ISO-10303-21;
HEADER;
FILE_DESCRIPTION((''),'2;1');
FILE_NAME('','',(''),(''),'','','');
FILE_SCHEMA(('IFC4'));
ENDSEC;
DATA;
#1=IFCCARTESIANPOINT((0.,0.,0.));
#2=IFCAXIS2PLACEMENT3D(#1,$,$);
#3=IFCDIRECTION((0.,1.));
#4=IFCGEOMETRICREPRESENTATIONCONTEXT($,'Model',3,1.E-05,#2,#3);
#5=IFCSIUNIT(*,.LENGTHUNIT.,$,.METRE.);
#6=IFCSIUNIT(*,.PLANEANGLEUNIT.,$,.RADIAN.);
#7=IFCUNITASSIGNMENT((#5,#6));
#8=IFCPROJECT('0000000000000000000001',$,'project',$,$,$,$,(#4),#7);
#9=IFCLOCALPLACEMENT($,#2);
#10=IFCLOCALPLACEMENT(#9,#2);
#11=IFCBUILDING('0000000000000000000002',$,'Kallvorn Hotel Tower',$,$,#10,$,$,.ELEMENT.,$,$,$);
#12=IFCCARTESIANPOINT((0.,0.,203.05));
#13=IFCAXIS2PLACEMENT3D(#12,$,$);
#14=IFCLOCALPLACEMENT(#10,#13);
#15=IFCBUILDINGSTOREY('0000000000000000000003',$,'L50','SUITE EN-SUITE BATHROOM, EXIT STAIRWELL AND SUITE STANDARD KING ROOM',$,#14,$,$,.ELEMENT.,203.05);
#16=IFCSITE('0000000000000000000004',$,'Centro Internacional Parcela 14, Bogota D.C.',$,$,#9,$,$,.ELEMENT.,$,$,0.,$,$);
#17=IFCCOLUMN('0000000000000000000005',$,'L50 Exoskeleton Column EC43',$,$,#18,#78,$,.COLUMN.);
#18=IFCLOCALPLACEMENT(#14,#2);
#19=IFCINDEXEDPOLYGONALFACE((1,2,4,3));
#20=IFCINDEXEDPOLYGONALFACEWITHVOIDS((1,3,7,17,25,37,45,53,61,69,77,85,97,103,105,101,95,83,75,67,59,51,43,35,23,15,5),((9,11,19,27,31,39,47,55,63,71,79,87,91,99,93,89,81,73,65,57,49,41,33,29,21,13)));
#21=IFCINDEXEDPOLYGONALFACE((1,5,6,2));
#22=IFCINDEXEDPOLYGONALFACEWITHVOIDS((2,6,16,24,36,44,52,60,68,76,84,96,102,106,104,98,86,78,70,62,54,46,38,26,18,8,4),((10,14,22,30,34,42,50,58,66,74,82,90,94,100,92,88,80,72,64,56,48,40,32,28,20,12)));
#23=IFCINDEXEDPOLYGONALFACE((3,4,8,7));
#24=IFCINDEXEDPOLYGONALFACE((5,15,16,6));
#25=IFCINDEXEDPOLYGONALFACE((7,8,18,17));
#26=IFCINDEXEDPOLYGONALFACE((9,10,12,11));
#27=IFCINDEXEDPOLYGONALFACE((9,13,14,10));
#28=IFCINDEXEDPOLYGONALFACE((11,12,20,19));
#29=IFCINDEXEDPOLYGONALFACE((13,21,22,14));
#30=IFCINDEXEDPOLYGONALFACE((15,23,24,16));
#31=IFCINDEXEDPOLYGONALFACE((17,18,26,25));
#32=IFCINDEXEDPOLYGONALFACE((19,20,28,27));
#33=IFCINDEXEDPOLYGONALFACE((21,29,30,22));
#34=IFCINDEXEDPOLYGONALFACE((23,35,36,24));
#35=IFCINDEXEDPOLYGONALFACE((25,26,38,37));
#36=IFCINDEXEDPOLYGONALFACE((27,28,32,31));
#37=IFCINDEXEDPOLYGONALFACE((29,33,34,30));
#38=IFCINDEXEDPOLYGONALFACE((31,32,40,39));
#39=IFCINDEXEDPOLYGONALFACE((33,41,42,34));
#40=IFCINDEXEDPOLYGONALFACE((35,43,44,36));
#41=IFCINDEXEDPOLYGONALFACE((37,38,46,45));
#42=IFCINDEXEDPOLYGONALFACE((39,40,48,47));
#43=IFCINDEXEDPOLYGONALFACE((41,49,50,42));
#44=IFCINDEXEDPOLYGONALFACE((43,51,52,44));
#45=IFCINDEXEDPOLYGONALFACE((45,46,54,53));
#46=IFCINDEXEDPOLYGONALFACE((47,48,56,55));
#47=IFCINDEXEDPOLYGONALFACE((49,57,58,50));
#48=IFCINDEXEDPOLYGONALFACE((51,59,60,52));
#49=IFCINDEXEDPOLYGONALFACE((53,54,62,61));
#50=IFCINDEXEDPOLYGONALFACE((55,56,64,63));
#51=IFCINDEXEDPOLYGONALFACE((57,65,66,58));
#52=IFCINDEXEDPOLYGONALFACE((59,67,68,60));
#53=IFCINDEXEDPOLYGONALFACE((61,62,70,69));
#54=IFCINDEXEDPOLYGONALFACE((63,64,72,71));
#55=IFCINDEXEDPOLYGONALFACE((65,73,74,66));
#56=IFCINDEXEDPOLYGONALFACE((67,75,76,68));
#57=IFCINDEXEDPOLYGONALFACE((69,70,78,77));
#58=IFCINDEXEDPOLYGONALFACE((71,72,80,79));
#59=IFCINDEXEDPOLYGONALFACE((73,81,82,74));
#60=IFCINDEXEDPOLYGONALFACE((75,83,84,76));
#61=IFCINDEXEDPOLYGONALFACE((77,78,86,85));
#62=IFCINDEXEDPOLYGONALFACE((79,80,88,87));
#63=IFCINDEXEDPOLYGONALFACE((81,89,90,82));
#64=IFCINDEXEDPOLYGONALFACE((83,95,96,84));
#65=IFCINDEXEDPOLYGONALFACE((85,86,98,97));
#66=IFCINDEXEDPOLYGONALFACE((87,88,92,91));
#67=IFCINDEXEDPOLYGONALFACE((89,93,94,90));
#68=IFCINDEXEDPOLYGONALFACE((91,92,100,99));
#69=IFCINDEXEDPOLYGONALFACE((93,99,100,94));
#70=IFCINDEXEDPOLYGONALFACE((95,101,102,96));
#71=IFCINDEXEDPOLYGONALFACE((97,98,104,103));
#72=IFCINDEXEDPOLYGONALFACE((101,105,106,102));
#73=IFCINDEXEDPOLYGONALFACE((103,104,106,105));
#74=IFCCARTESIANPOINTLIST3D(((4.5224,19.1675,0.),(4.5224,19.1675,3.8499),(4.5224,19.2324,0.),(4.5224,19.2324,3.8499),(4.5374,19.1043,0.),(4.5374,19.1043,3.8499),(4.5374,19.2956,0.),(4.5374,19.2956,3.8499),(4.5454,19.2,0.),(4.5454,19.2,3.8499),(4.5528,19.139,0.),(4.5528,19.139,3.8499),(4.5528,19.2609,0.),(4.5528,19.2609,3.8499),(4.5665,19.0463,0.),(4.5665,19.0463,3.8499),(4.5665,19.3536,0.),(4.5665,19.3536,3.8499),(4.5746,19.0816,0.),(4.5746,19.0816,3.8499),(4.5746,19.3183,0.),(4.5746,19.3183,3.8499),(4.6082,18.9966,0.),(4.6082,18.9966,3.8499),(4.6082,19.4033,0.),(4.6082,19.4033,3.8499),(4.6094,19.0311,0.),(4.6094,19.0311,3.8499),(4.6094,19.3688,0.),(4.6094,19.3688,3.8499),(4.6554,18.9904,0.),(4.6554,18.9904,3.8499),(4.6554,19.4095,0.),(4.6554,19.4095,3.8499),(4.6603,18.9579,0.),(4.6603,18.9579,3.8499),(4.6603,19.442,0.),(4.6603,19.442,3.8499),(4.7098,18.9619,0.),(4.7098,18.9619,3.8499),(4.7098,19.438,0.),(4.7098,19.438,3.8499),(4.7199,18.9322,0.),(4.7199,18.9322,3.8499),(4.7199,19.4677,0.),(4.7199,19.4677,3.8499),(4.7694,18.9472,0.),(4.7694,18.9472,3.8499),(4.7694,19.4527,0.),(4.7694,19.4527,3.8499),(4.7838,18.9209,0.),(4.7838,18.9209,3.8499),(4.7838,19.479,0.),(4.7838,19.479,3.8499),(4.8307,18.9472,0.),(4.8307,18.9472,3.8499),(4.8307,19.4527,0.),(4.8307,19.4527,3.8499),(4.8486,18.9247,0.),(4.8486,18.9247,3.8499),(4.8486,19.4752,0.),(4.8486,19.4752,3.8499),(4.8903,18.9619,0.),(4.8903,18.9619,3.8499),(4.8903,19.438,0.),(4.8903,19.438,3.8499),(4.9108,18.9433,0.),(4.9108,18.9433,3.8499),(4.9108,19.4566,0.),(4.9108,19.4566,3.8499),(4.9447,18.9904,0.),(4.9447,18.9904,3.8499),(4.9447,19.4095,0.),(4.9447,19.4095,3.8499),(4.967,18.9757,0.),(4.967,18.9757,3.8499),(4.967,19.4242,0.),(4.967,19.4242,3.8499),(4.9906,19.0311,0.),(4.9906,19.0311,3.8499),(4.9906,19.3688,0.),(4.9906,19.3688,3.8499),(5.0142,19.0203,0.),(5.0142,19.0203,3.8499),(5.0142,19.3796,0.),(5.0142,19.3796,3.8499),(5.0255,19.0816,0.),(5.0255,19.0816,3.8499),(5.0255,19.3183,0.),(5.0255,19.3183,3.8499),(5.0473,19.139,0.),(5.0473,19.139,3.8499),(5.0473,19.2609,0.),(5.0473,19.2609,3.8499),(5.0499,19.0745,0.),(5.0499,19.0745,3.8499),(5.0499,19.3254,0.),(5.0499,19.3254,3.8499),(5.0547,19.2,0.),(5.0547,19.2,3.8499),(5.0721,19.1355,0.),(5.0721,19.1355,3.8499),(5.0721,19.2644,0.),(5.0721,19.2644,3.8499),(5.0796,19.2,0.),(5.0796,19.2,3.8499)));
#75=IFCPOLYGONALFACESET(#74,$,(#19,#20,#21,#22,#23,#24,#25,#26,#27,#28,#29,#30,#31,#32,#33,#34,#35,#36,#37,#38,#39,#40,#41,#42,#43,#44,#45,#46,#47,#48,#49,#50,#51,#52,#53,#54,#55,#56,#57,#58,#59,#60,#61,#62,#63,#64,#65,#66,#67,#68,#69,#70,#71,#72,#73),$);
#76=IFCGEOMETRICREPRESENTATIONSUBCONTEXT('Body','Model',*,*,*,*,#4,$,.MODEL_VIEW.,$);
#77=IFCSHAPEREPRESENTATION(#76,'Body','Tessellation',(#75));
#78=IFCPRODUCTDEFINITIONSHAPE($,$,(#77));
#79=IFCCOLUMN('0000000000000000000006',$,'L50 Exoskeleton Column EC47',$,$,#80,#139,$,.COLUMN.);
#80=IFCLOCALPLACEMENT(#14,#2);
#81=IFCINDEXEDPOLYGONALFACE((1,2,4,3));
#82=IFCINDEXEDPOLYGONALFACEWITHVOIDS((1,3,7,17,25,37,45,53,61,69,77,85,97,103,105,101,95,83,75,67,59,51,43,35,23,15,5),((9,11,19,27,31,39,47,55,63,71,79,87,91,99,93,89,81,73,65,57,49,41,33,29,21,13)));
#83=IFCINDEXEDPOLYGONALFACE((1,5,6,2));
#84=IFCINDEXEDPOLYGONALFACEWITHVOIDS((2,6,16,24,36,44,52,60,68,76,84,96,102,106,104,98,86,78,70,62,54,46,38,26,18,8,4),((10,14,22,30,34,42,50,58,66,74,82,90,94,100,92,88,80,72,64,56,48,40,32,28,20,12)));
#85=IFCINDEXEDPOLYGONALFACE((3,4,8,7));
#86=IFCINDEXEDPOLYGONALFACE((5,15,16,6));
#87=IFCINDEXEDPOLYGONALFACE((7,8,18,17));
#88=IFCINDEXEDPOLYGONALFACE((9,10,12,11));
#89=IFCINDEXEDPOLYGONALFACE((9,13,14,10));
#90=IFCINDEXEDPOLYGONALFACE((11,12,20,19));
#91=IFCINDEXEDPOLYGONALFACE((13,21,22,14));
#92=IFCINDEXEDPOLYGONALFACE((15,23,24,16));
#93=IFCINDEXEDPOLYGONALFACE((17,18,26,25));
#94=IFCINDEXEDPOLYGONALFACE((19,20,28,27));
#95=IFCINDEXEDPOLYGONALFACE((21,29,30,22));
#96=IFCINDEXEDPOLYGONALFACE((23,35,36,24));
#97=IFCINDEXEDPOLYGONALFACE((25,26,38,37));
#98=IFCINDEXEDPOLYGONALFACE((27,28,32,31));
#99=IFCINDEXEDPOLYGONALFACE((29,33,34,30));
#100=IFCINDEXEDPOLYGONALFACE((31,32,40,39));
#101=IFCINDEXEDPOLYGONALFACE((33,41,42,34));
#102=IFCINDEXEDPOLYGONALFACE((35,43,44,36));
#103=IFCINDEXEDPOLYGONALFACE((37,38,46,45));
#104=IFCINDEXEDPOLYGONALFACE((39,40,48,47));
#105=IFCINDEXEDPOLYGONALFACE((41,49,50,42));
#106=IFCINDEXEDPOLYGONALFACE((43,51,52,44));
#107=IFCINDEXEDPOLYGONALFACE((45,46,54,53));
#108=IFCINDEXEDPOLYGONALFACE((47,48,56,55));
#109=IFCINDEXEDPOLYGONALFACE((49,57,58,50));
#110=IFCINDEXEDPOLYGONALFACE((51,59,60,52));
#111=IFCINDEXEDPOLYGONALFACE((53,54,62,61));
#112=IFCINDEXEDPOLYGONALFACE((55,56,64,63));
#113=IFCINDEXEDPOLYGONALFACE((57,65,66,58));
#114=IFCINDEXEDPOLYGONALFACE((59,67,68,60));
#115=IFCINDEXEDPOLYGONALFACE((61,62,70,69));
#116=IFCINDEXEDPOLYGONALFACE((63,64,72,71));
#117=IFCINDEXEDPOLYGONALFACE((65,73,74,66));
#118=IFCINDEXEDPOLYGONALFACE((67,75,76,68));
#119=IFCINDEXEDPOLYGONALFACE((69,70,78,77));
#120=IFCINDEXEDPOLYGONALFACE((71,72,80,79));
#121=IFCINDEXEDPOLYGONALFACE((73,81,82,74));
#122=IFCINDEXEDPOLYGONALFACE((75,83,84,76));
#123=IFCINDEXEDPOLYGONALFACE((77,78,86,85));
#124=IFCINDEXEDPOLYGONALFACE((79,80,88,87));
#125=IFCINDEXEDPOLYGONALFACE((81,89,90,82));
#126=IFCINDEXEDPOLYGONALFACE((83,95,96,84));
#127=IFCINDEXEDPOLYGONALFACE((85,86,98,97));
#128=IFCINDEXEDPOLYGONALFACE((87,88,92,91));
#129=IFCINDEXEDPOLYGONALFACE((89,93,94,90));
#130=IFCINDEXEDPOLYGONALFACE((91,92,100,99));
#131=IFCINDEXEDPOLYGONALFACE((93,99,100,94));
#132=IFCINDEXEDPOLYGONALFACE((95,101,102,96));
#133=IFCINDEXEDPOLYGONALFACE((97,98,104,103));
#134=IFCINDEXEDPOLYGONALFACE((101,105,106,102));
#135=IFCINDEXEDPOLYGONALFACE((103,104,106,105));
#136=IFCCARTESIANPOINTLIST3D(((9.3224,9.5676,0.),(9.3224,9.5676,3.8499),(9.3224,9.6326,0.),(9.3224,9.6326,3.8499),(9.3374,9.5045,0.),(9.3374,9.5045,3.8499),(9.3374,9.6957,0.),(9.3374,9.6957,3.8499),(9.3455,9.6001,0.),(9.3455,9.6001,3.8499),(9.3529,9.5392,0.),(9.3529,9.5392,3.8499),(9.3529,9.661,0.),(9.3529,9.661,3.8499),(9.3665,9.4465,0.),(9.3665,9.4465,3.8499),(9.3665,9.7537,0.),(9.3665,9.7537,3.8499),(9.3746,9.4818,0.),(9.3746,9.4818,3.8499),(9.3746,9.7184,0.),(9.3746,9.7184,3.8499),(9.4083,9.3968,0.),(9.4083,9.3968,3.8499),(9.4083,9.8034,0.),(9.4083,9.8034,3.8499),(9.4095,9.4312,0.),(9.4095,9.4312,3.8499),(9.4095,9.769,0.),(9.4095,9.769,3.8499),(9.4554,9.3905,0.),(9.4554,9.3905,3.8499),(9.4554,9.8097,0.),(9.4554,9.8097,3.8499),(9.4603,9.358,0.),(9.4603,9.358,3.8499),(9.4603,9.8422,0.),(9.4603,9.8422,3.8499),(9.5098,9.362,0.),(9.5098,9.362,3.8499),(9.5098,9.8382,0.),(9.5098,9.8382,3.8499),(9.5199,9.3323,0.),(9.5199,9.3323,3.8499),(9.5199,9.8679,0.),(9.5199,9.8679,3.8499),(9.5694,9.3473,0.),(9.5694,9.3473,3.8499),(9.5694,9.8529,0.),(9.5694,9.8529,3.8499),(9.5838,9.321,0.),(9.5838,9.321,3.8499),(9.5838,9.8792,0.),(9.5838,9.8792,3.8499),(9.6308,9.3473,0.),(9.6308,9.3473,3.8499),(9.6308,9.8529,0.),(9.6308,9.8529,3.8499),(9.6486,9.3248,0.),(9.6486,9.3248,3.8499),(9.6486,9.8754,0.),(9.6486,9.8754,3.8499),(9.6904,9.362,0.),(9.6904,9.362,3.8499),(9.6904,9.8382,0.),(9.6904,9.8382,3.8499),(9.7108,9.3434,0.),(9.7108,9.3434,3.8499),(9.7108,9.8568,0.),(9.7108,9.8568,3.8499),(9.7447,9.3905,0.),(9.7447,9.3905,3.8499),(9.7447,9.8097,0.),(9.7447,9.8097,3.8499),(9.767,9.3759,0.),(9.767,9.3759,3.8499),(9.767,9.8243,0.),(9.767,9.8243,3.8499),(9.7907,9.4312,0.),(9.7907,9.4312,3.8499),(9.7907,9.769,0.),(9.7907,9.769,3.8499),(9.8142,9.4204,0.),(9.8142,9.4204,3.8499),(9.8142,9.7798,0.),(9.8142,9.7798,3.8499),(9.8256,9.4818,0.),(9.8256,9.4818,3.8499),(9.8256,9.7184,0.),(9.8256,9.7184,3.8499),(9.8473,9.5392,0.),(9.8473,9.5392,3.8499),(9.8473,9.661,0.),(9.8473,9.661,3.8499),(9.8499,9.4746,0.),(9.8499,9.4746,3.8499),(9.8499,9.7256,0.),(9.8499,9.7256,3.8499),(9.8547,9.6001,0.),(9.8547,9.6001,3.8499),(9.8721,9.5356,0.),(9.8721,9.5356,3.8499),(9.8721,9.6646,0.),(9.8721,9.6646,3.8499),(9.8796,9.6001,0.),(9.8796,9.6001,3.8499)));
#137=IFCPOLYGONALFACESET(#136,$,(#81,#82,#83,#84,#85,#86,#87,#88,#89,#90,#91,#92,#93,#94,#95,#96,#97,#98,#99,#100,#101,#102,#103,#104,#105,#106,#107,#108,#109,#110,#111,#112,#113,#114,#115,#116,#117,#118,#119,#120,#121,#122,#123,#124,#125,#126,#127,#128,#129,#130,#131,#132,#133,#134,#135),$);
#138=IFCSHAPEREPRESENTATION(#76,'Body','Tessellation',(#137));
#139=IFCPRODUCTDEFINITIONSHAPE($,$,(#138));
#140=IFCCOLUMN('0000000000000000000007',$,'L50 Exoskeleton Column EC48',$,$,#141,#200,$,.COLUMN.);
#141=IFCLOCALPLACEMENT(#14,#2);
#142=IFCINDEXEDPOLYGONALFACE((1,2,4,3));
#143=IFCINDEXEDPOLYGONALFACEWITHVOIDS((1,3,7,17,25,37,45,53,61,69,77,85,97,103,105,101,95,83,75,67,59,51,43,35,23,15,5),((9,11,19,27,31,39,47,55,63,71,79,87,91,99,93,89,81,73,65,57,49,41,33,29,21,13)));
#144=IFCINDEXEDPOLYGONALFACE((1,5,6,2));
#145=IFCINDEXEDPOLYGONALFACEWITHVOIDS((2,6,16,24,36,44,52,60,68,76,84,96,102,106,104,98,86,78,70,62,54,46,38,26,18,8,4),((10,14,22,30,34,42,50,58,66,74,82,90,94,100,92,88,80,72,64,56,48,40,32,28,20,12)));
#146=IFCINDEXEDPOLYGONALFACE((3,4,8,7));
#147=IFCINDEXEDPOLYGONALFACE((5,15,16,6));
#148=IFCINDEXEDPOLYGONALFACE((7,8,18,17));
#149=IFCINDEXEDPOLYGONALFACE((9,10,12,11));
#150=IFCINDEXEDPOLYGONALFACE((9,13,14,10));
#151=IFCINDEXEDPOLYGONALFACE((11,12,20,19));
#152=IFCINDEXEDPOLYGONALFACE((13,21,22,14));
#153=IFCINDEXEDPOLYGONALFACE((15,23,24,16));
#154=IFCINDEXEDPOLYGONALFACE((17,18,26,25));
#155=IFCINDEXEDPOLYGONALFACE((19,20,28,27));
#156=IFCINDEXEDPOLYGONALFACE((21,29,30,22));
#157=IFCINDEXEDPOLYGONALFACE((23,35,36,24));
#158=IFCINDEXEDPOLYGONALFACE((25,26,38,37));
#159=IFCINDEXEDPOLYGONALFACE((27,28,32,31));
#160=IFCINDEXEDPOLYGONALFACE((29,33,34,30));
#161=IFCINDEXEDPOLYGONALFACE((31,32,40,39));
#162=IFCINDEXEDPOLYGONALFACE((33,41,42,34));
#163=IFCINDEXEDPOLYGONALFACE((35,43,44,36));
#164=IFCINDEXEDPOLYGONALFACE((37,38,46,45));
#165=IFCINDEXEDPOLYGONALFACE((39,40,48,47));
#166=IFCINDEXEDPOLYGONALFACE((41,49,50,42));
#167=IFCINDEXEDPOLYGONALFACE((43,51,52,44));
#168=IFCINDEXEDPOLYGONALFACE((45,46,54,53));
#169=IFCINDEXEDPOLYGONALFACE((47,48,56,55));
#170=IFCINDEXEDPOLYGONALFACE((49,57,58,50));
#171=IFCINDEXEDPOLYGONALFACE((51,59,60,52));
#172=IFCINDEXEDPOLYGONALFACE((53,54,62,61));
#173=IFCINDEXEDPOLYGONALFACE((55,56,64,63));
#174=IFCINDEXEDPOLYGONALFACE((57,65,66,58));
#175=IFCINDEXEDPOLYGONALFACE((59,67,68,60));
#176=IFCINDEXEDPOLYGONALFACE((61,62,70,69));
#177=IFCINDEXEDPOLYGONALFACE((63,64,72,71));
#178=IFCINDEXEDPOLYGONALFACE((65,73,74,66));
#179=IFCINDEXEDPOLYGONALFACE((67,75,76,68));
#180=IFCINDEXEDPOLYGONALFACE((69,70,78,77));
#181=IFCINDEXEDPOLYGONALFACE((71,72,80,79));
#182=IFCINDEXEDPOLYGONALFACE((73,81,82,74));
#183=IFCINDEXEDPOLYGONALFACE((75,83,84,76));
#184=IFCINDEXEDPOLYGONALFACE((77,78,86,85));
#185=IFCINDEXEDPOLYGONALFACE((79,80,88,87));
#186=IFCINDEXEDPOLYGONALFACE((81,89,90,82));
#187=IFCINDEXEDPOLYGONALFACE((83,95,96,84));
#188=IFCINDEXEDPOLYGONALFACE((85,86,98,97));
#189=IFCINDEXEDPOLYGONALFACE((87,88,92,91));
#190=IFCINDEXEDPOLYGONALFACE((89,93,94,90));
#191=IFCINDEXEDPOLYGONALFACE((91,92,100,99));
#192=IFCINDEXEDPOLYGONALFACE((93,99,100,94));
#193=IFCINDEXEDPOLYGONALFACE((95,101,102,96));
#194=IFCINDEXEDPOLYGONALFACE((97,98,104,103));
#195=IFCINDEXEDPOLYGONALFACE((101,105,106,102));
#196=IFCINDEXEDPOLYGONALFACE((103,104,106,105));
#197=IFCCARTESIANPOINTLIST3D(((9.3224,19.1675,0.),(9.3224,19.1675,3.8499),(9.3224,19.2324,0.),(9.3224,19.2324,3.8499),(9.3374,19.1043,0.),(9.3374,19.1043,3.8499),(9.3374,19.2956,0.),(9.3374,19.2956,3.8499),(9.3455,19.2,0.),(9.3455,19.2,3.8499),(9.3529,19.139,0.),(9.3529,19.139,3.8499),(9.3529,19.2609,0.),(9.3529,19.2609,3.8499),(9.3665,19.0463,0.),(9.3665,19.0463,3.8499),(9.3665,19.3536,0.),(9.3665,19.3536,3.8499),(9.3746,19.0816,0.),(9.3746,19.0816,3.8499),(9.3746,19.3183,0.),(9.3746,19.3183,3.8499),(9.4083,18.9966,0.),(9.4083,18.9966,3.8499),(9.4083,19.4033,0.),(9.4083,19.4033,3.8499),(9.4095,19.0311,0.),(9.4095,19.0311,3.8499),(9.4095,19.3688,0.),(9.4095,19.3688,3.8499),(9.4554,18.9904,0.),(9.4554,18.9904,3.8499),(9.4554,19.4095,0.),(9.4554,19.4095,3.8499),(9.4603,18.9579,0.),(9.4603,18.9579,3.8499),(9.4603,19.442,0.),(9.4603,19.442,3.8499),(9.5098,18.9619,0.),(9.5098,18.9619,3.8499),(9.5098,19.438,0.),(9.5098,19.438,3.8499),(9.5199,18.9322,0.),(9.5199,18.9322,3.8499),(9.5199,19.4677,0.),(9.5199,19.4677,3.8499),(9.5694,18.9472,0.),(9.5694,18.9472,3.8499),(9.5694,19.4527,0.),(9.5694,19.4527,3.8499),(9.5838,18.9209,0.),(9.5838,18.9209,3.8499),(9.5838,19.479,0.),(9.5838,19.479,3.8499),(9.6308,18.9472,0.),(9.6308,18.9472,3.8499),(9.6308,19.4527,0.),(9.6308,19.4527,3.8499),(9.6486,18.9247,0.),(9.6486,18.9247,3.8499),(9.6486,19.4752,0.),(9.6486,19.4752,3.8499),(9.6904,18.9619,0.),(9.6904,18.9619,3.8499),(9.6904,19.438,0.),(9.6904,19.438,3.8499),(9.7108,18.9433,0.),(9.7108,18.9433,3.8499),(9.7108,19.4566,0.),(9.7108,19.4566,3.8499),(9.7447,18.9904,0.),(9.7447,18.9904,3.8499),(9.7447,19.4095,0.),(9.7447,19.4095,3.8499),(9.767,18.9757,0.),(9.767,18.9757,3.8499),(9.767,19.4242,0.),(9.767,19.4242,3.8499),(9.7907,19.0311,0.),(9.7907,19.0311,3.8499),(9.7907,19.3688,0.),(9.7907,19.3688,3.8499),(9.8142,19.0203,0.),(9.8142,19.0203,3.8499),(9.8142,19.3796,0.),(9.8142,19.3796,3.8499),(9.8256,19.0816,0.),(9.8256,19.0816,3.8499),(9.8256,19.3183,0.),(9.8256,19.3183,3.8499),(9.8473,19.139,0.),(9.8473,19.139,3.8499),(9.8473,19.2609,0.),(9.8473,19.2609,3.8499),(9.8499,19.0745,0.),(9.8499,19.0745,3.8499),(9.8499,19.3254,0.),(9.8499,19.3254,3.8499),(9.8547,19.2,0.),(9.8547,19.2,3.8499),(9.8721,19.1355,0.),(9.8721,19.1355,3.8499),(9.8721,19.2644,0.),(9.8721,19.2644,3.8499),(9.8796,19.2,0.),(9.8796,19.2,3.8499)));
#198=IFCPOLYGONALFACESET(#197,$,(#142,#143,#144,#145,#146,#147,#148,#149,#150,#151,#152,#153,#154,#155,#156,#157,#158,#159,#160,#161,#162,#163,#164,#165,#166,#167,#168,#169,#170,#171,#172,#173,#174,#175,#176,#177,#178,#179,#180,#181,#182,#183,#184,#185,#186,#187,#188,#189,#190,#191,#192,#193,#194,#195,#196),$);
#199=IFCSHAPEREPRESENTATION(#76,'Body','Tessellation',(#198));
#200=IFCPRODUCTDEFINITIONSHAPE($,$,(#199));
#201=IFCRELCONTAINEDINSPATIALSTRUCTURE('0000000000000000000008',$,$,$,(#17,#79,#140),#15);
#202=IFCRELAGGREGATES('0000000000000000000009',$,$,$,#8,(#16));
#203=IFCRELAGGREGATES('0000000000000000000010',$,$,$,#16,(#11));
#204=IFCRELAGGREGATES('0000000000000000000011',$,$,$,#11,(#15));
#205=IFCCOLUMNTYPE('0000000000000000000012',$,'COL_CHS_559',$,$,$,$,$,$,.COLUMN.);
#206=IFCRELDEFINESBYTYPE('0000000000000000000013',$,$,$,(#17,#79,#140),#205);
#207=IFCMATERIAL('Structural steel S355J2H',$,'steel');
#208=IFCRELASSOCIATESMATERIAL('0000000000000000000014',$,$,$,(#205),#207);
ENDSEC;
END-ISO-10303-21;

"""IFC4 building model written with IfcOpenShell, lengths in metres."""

from ifc_helpers import new_model, si_unit, direction, frame, origin, origin_2d, place, context, subcontext, project, spatial, hollow_circle, extrude, material, material_profile, profile_set, type_object, element, save


model = new_model("IFC4")

# Units and contexts
model_context = context("Model", 3, precision=1e-05, world=origin(), true_north=direction((0.0, 1.0)))
body_context = subcontext(model_context, "Body", "Model", "MODEL_VIEW")
ifc_project = project(units=[si_unit("LENGTHUNIT", "METRE"), si_unit("PLANEANGLEUNIT", "RADIAN")], contexts=[model_context])

# Site, building, storey
site_placement = place(None, origin())
site = spatial("IfcSite", under=ifc_project, at=site_placement, Name="Centro Internacional Parcela 14, Bogota D.C.", CompositionType="ELEMENT", RefElevation=0.0)
building_placement = place(site_placement, origin())
building = spatial("IfcBuilding", under=site, at=building_placement, Name="Kallvorn Hotel Tower", CompositionType="ELEMENT")
storey_placement = place(building_placement, frame((0.0, 0.0, 203.05)))
storey = spatial("IfcBuildingStorey", under=building, at=storey_placement, Name="L50", Description="SUITE EN-SUITE BATHROOM, EXIT STAIRWELL AND SUITE STANDARD KING ROOM", CompositionType="ELEMENT", Elevation=203.05)

# Columns
ifc_material_1 = material(Name="Structural steel S355J2H", Category="steel")
ifc_material_profile_1 = material_profile(ifc_material_1, hollow_circle(Radius=0.2795, WallThickness=0.0249, at=origin_2d()), Name="CHS 559x25")
ifc_profile_set_1 = profile_set([ifc_material_profile_1], Name="Structural steel S355J2H")
column_type_1 = type_object("IfcColumnType", Name="COL_CHS_559", PredefinedType="COLUMN", material=ifc_profile_set_1)
for number, where, z_axis, x_axis, name in (
    (1, (4.8, 19.2, 0.0), (0.0, 0.0, 1.0), (1.0, 0.0, 0.0), "L50 Exoskeleton Column EC43"),
    (2, (9.6001, 9.6001, 0.0), (0.0, 0.0, 1.0), (1.0, 0.0, 0.0), "L50 Exoskeleton Column EC47"),
    (3, (9.6001, 19.2, 0.0), (0.0, 0.0, 1.0), (1.0, 0.0, 0.0), "L50 Exoskeleton Column EC48"),
):
    element("IfcColumn", number, at=place(storey_placement, frame(where, z_axis=z_axis, x_axis=x_axis)), inside=storey, type_object=column_type_1, Name=name, PredefinedType="COLUMN", context=body_context, shape_type="SweptSolid", body=[
        extrude(hollow_circle(Radius=0.2795, WallThickness=0.0249, at=origin_2d()), origin(), (0.0, 0.0, 1.0), 3.8499),
    ])

save(model, "model.ifc")
